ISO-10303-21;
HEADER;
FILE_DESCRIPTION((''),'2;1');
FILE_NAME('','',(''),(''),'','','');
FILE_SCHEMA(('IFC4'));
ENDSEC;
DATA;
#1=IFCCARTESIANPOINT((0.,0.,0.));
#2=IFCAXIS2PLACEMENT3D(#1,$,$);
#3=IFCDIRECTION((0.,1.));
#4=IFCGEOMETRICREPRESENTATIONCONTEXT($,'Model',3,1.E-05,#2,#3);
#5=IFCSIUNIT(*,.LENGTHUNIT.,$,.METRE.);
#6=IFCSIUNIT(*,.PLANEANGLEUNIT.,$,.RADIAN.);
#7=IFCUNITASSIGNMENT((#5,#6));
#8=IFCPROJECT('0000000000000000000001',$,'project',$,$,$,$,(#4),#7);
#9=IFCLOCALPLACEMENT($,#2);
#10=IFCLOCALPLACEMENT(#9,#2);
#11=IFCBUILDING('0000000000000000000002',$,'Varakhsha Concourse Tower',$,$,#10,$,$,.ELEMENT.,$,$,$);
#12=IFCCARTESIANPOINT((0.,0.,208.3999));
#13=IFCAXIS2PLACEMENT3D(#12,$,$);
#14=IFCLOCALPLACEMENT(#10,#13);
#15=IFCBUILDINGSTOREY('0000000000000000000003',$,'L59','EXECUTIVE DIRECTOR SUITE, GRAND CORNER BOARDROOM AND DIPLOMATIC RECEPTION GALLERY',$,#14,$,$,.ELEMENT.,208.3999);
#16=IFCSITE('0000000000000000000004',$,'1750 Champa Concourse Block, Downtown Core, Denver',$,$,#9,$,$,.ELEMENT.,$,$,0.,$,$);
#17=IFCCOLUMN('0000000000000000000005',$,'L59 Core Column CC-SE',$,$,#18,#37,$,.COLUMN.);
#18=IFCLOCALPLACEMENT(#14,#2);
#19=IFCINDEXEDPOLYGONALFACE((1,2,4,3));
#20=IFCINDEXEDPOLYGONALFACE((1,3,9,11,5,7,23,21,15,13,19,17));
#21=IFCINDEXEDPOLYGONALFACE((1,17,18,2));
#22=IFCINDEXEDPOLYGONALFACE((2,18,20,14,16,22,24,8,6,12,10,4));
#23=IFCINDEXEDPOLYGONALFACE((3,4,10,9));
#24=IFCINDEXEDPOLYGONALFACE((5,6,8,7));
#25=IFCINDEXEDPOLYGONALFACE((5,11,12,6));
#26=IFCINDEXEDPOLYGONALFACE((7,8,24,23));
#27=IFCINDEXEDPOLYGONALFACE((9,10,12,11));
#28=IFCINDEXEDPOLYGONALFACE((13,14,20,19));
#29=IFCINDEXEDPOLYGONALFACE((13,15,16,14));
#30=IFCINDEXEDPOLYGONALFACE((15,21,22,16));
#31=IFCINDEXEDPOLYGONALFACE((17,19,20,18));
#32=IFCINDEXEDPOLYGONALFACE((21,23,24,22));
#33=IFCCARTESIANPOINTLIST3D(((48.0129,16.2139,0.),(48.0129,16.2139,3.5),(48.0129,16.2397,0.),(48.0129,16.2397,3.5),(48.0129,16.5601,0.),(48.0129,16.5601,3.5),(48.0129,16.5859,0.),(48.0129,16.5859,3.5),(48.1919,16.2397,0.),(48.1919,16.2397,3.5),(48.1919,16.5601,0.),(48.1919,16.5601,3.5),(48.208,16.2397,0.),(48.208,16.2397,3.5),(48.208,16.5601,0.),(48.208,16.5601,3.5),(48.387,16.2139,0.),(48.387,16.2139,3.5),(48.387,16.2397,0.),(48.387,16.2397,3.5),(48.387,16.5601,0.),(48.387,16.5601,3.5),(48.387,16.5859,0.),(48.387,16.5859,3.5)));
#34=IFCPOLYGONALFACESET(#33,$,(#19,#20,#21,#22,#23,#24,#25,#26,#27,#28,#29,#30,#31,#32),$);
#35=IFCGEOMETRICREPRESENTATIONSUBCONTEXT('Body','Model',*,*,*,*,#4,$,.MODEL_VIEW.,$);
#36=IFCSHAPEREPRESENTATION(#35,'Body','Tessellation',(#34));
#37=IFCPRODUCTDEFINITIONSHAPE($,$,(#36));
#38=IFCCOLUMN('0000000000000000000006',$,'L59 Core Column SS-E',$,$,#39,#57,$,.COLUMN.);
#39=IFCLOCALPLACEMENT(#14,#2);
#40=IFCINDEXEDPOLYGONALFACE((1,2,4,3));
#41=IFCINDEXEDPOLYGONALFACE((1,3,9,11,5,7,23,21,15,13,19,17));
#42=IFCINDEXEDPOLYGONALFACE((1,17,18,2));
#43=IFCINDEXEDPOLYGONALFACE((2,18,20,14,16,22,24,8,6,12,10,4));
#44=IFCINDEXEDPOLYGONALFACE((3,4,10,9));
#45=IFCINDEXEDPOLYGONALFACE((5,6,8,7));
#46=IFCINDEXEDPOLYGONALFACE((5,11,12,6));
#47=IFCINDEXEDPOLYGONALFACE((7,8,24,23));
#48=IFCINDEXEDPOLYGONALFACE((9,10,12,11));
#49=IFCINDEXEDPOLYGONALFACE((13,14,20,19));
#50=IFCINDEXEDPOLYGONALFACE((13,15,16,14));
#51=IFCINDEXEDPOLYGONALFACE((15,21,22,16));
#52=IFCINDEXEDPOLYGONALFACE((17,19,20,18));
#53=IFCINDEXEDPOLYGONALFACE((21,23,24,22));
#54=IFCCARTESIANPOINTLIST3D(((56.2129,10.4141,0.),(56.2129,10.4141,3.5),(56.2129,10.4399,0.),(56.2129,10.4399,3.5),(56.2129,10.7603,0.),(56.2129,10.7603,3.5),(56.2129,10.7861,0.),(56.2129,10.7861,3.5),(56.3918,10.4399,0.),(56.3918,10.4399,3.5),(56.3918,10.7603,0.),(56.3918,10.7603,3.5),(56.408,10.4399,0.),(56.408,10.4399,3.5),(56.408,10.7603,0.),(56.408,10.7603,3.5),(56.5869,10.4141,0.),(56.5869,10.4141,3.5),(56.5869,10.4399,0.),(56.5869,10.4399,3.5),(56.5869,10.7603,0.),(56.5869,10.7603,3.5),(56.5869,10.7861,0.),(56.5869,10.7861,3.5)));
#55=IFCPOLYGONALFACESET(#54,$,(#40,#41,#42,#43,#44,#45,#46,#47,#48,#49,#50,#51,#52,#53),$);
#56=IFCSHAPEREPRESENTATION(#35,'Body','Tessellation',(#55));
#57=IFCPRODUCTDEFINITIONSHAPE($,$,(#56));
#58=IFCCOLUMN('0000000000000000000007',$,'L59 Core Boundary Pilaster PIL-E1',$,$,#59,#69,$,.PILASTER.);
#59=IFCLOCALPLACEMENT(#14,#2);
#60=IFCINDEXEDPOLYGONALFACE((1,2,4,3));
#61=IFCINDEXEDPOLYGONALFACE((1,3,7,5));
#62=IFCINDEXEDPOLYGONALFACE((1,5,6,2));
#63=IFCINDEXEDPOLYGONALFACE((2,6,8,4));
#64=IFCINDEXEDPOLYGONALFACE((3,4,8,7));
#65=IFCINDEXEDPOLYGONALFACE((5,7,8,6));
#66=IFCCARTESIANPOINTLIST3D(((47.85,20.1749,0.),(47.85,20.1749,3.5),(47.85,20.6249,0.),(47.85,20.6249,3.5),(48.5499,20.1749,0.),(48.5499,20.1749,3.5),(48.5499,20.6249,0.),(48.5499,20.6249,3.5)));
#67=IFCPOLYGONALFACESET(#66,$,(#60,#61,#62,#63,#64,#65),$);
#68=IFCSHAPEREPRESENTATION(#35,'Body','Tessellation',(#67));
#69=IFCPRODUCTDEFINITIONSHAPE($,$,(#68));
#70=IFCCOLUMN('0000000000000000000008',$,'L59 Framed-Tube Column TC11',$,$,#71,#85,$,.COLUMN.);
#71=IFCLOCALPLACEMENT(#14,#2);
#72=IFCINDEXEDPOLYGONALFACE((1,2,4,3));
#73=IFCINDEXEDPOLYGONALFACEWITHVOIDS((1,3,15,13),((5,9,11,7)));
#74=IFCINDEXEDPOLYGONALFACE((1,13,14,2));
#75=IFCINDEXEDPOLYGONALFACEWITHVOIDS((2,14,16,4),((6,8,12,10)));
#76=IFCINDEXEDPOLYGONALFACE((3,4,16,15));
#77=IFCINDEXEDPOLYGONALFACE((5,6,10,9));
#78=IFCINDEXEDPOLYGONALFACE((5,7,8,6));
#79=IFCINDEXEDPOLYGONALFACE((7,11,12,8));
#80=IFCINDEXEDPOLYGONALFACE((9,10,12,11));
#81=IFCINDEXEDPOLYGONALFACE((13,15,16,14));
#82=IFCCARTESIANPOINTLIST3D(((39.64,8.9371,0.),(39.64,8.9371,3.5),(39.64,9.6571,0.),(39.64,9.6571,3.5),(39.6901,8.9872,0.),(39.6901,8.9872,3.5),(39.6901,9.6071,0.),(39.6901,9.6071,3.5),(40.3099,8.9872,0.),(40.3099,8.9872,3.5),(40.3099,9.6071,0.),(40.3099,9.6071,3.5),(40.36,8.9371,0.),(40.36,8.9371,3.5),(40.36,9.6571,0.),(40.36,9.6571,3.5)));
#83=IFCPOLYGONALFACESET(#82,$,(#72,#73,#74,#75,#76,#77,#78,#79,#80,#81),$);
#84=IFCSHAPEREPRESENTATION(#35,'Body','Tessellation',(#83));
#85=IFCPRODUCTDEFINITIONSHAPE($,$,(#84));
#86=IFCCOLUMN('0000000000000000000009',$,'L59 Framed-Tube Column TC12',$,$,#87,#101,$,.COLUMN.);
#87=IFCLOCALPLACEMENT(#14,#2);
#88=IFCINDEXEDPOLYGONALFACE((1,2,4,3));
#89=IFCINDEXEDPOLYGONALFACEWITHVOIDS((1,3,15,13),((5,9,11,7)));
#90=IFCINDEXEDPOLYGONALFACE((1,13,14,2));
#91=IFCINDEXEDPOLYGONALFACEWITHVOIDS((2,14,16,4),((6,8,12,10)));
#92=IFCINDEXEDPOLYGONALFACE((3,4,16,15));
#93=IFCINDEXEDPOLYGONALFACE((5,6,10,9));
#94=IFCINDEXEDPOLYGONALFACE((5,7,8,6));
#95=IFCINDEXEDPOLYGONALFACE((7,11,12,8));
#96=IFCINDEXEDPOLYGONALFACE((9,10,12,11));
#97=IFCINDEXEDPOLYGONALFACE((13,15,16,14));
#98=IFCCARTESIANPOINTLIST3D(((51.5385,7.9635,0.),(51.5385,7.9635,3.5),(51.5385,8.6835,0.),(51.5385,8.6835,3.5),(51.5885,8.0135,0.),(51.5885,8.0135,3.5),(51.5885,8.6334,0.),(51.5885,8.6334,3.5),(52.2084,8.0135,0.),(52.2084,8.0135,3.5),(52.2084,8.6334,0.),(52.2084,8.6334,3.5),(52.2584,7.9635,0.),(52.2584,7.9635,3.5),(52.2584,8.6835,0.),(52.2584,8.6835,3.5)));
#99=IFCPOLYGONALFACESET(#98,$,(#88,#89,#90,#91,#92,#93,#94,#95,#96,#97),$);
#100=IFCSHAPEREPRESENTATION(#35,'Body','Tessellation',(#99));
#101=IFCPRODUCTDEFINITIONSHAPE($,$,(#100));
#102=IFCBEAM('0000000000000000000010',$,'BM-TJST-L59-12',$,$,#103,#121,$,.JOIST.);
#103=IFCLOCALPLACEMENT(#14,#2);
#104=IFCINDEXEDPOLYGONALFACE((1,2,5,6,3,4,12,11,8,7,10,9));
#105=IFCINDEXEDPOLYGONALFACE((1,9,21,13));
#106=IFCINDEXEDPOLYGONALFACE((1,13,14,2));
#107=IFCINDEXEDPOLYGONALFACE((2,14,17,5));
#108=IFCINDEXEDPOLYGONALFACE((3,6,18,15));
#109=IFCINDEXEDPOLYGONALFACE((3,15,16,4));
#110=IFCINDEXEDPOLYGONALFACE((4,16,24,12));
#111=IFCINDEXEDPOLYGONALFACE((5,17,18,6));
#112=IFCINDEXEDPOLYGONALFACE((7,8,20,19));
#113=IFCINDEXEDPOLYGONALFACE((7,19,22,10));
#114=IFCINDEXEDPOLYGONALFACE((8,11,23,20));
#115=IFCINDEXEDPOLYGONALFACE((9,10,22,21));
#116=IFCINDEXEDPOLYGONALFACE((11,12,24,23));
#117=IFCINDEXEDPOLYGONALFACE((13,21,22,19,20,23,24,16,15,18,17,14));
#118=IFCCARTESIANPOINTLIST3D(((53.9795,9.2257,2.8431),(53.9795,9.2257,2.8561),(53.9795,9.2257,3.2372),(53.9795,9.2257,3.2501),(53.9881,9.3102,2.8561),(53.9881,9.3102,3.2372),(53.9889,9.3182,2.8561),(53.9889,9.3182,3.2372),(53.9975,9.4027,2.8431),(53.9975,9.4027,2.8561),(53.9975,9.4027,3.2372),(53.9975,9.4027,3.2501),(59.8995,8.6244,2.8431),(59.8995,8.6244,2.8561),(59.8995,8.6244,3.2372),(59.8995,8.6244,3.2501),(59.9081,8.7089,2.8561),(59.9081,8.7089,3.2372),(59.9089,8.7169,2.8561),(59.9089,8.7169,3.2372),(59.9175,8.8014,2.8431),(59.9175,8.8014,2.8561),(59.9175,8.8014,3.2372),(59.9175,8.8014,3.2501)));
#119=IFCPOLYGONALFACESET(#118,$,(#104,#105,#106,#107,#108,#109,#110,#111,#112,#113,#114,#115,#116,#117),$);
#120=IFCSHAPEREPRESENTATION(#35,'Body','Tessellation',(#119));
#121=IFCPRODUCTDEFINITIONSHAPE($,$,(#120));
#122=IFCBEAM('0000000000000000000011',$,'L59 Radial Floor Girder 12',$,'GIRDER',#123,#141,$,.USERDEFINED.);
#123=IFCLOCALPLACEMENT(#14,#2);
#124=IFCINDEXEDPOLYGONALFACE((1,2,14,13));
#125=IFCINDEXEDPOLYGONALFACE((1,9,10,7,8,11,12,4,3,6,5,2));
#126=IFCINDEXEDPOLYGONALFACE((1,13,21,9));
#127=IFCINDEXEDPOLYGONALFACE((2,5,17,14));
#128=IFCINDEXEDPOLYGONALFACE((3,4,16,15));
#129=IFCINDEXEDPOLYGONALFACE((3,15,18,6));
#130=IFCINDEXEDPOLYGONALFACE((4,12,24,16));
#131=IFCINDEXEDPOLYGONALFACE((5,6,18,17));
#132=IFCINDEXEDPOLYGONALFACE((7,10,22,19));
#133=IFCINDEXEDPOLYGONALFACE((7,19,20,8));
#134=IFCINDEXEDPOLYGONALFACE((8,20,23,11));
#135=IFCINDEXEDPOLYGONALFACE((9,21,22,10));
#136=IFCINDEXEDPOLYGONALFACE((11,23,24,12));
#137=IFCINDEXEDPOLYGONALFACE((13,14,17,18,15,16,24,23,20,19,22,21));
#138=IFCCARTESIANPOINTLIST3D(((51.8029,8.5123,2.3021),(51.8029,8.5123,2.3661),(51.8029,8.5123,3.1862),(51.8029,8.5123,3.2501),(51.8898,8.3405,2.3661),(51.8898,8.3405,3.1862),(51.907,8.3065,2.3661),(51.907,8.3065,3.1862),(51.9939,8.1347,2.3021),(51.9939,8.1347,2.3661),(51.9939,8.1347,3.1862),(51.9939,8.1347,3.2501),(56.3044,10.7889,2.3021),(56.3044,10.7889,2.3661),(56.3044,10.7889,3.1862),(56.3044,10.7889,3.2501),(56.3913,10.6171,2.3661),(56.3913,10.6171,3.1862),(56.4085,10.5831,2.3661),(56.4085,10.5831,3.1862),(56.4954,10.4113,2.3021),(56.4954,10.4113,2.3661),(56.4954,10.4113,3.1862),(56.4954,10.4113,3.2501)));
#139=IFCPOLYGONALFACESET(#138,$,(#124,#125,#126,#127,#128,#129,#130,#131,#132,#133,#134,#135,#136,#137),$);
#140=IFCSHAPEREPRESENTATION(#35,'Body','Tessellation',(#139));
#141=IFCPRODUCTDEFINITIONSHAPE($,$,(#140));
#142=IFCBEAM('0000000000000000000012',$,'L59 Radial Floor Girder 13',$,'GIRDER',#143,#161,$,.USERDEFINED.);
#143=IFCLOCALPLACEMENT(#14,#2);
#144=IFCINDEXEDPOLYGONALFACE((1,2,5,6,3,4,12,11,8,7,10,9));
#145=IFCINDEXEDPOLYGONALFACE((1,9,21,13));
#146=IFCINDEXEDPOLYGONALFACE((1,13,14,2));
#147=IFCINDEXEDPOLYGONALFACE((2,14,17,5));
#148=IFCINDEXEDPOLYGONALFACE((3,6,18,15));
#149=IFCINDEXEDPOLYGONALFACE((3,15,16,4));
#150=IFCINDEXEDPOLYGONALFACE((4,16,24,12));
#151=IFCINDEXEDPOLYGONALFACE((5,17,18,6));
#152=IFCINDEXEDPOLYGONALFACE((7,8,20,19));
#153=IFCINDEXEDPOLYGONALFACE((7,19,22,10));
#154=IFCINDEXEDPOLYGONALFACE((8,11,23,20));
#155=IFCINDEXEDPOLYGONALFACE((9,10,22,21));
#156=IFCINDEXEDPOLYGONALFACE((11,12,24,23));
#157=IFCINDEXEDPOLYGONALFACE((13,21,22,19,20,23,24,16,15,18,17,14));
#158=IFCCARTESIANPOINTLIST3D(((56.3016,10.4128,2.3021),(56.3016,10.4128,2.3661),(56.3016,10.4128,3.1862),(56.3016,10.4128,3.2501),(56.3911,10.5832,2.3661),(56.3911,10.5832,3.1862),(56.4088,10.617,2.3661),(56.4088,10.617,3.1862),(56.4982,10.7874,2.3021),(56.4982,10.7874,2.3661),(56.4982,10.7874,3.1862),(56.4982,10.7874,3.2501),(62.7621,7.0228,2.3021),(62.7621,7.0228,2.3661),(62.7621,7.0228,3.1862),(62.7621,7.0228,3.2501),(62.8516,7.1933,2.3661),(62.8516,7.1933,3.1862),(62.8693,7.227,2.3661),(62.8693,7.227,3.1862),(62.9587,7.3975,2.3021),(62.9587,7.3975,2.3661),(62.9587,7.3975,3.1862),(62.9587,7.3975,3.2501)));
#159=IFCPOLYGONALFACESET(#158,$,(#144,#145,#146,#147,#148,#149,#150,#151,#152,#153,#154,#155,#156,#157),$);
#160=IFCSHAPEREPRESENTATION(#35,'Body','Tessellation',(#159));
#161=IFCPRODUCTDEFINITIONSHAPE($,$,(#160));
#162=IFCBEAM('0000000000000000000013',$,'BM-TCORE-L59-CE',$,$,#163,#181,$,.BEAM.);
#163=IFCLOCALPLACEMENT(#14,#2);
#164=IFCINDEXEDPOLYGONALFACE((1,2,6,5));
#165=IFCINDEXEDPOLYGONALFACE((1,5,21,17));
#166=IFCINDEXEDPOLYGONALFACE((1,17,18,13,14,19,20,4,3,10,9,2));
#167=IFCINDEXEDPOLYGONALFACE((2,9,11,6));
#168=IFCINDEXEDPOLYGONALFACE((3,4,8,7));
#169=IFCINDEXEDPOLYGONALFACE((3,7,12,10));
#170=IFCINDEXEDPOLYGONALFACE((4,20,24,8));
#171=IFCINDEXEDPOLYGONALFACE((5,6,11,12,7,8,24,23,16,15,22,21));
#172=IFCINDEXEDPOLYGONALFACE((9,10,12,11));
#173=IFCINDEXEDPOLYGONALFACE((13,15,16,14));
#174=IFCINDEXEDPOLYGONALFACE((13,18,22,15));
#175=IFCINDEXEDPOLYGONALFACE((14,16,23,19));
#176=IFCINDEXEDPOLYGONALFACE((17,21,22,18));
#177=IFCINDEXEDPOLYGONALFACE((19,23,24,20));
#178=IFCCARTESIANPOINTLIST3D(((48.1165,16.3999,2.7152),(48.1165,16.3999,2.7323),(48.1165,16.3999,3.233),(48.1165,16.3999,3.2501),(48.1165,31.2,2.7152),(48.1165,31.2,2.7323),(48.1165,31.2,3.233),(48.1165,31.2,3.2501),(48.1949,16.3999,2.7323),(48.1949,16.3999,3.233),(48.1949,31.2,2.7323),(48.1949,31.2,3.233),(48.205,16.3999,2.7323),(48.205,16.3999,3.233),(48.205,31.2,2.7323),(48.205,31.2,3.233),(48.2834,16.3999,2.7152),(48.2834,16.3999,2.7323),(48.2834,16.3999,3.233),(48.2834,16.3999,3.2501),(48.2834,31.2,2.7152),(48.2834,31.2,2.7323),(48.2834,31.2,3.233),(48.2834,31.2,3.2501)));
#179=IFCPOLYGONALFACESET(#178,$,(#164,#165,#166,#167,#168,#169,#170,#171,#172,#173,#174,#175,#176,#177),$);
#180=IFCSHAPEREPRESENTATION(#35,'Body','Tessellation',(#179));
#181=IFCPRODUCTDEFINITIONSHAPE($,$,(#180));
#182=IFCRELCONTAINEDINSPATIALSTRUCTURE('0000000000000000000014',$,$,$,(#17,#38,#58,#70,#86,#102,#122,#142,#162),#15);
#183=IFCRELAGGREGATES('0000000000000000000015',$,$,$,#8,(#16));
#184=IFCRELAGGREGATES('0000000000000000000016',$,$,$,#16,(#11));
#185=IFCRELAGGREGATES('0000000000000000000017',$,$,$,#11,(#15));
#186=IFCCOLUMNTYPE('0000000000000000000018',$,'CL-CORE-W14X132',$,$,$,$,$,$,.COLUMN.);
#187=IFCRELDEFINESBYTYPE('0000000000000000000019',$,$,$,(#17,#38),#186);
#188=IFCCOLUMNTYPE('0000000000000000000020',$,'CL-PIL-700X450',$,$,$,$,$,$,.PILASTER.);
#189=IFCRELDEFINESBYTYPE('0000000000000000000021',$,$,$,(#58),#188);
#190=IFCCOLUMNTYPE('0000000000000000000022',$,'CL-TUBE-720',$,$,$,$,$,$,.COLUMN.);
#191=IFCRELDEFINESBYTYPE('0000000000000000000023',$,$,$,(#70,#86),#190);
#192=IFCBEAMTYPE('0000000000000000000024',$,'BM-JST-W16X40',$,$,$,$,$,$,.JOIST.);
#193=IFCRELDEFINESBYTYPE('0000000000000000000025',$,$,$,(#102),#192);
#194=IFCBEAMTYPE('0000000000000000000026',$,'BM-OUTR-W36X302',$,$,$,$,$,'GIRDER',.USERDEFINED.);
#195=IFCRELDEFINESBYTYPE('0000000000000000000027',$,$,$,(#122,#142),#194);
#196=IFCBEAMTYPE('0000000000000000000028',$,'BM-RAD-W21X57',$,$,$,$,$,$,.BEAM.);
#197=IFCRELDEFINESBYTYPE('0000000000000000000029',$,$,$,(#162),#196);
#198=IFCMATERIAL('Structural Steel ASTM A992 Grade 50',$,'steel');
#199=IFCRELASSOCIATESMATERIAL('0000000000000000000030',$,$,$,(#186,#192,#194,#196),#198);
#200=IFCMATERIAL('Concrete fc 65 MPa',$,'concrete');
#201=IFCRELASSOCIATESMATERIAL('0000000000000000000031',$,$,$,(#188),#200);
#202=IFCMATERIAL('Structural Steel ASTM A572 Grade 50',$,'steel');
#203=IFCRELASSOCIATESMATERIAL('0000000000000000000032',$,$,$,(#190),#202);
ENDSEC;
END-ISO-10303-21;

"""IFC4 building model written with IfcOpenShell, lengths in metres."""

from ifc_helpers import new_model, si_unit, direction, frame, origin, origin_2d, place, context, subcontext, project, spatial, rectangle, hollow_rectangle, i_section, extrude, material, material_profile, profile_set, type_object, element, save


model = new_model("IFC4")

# Units and contexts
model_context = context("Model", 3, precision=1e-05, world=origin(), true_north=direction((0.0, 1.0)))
body_context = subcontext(model_context, "Body", "Model", "MODEL_VIEW")
ifc_project = project(units=[si_unit("LENGTHUNIT", "METRE"), si_unit("PLANEANGLEUNIT", "RADIAN")], contexts=[model_context])

# Site, building, storey
site_placement = place(None, origin())
site = spatial("IfcSite", under=ifc_project, at=site_placement, Name="1750 Champa Concourse Block, Downtown Core, Denver", CompositionType="ELEMENT", RefElevation=0.0)
building_placement = place(site_placement, origin())
building = spatial("IfcBuilding", under=site, at=building_placement, Name="Varakhsha Concourse Tower", CompositionType="ELEMENT")
storey_placement = place(building_placement, frame((0.0, 0.0, 208.3999)))
storey = spatial("IfcBuildingStorey", under=building, at=storey_placement, Name="L59", Description="EXECUTIVE DIRECTOR SUITE, GRAND CORNER BOARDROOM AND DIPLOMATIC RECEPTION GALLERY", CompositionType="ELEMENT", Elevation=208.3999)

# Columns
ifc_material_1 = material(Name="Structural Steel ASTM A992 Grade 50", Category="steel")
ifc_material_profile_1 = material_profile(ifc_material_1, i_section(OverallWidth=0.374, OverallDepth=0.3721, WebThickness=0.0161, FlangeThickness=0.0259, at=origin_2d()), Name="W14X132")
ifc_profile_set_1 = profile_set([ifc_material_profile_1], Name="Structural Steel ASTM A992 Grade 50")
column_type_1 = type_object("IfcColumnType", Name="CL-CORE-W14X132", PredefinedType="COLUMN", material=ifc_profile_set_1)
for number, where, z_axis, x_axis, name in (
    (1, (48.2, 16.3999, 0.0), (0.0, 0.0, 1.0), (1.0, 0.0, 0.0), "L59 Core Column CC-SE"),
    (2, (56.3999, 10.6001, 0.0), (0.0, 0.0, 1.0), (1.0, 0.0, 0.0), "L59 Core Column SS-E"),
):
    element("IfcColumn", number, at=place(storey_placement, frame(where, z_axis=z_axis, x_axis=x_axis)), inside=storey, type_object=column_type_1, Name=name, PredefinedType="COLUMN", context=body_context, shape_type="SweptSolid", body=[
        extrude(i_section(OverallWidth=0.374, OverallDepth=0.3721, WebThickness=0.0161, FlangeThickness=0.0259, at=origin_2d()), origin(), (0.0, 0.0, 1.0), 3.5),
    ])
ifc_material_2 = material(Name="Concrete fc 65 MPa", Category="concrete")
ifc_material_profile_2 = material_profile(ifc_material_2, rectangle(XDim=0.7, YDim=0.45, at=origin_2d()), Name="RC 700x450")
ifc_profile_set_2 = profile_set([ifc_material_profile_2], Name="Concrete fc 65 MPa")
column_type_2 = type_object("IfcColumnType", Name="CL-PIL-700X450", PredefinedType="PILASTER", material=ifc_profile_set_2)
column_placement = place(storey_placement, frame((48.2, 20.3999, 0.0), z_axis=(0.0, 0.0, 1.0), x_axis=(1.0, 0.0, 0.0)))
element("IfcColumn", 3, at=column_placement, inside=storey, type_object=column_type_2, Name="L59 Core Boundary Pilaster PIL-E1", PredefinedType="PILASTER", context=body_context, shape_type="SweptSolid", body=[
    extrude(rectangle(XDim=0.7, YDim=0.45, at=origin_2d()), origin(), (0.0, 0.0, 1.0), 3.5),
])
ifc_material_3 = material(Name="Structural Steel ASTM A572 Grade 50", Category="steel")
ifc_material_profile_3 = material_profile(ifc_material_3, hollow_rectangle(XDim=0.72, YDim=0.72, WallThickness=0.05, at=origin_2d()), Name="BOX 720x720x50")
ifc_profile_set_3 = profile_set([ifc_material_profile_3], Name="Structural Steel ASTM A572 Grade 50")
column_type_3 = type_object("IfcColumnType", Name="CL-TUBE-720", PredefinedType="COLUMN", material=ifc_profile_set_3)
for number, where, z_axis, x_axis, name in (
    (4, (40.0, 9.2971, 0.0), (0.0, 0.0, 1.0), (1.0, 0.0, 0.0), "L59 Framed-Tube Column TC11"),
    (5, (51.8984, 8.3235, 0.0), (0.0, 0.0, 1.0), (1.0, 0.0, 0.0), "L59 Framed-Tube Column TC12"),
):
    element("IfcColumn", number, at=place(storey_placement, frame(where, z_axis=z_axis, x_axis=x_axis)), inside=storey, type_object=column_type_3, Name=name, PredefinedType="COLUMN", context=body_context, shape_type="SweptSolid", body=[
        extrude(hollow_rectangle(XDim=0.72, YDim=0.72, WallThickness=0.05, at=origin_2d()), origin(), (0.0, 0.0, 1.0), 3.5),
    ])

# Beams
ifc_material_profile_4 = material_profile(ifc_material_1, i_section(OverallWidth=0.178, OverallDepth=0.407, WebThickness=0.0081, FlangeThickness=0.0129, at=origin_2d()), Name="W16X40")
ifc_profile_set_4 = profile_set([ifc_material_profile_4], Name="Structural Steel ASTM A992 Grade 50")
beam_type_1 = type_object("IfcBeamType", Name="BM-JST-W16X40", PredefinedType="JOIST", material=ifc_profile_set_4)
beam_1_placement = place(storey_placement, frame((53.9885, 9.3142, 3.0466), z_axis=(0.994881, -0.101055, 0.0), x_axis=(0.101055, 0.994881, 0.0)))
element("IfcBeam", 6, at=beam_1_placement, inside=storey, type_object=beam_type_1, Name="BM-TJST-L59-12", PredefinedType="JOIST", context=body_context, shape_type="SweptSolid", body=[
    extrude(i_section(OverallWidth=0.178, OverallDepth=0.407, WebThickness=0.0081, FlangeThickness=0.0129, at=origin_2d()), origin(), (0.0, 0.0, 1.0), 5.9504),
])
ifc_material_profile_5 = material_profile(ifc_material_1, i_section(OverallWidth=0.4231, OverallDepth=0.948, WebThickness=0.0381, FlangeThickness=0.064, at=origin_2d()), Name="W36X302")
ifc_profile_set_5 = profile_set([ifc_material_profile_5], Name="Structural Steel ASTM A992 Grade 50")
beam_type_2 = type_object("IfcBeamType", Name="BM-OUTR-W36X302", ElementType="GIRDER", PredefinedType="USERDEFINED", material=ifc_profile_set_5)
beam_2_placement = place(storey_placement, frame((56.3999, 10.6001, 2.7761), z_axis=(-0.892366, -0.451313, 0.0), x_axis=(0.451313, -0.892366, 0.0)))
element("IfcBeam", 7, at=beam_2_placement, inside=storey, type_object=beam_type_2, Name="L59 Radial Floor Girder 12", ObjectType="GIRDER", PredefinedType="USERDEFINED", context=body_context, shape_type="SweptSolid", body=[
    extrude(i_section(OverallWidth=0.4231, OverallDepth=0.948, WebThickness=0.0381, FlangeThickness=0.064, at=origin_2d()), origin(), (0.0, 0.0, 1.0), 5.0444),
])
beam_3_placement = place(storey_placement, frame((56.3999, 10.6001, 2.7761), z_axis=(0.885502, -0.464636, 0.0), x_axis=(0.464636, 0.885502, 0.0)))
element("IfcBeam", 8, at=beam_3_placement, inside=storey, type_object=beam_type_2, Name="L59 Radial Floor Girder 13", ObjectType="GIRDER", PredefinedType="USERDEFINED", context=body_context, shape_type="SweptSolid", body=[
    extrude(i_section(OverallWidth=0.4231, OverallDepth=0.948, WebThickness=0.0381, FlangeThickness=0.064, at=origin_2d()), origin(), (0.0, 0.0, 1.0), 7.2959),
])
ifc_material_profile_6 = material_profile(ifc_material_1, i_section(OverallWidth=0.167, OverallDepth=0.5349, WebThickness=0.01, FlangeThickness=0.0171, at=origin_2d()), Name="W21X57")
ifc_profile_set_6 = profile_set([ifc_material_profile_6], Name="Structural Steel ASTM A992 Grade 50")
beam_type_3 = type_object("IfcBeamType", Name="BM-RAD-W21X57", PredefinedType="BEAM", material=ifc_profile_set_6)
beam_4_placement = place(storey_placement, frame((48.2, 16.3999, 2.9827), z_axis=(0.0, 1.0, 0.0), x_axis=(-1.0, 0.0, 0.0)))
element("IfcBeam", 9, at=beam_4_placement, inside=storey, type_object=beam_type_3, Name="BM-TCORE-L59-CE", PredefinedType="BEAM", context=body_context, shape_type="SweptSolid", body=[
    extrude(i_section(OverallWidth=0.167, OverallDepth=0.5349, WebThickness=0.01, FlangeThickness=0.0171, at=origin_2d()), origin(), (0.0, 0.0, 1.0), 14.8),
])

save(model, "model.ifc")
